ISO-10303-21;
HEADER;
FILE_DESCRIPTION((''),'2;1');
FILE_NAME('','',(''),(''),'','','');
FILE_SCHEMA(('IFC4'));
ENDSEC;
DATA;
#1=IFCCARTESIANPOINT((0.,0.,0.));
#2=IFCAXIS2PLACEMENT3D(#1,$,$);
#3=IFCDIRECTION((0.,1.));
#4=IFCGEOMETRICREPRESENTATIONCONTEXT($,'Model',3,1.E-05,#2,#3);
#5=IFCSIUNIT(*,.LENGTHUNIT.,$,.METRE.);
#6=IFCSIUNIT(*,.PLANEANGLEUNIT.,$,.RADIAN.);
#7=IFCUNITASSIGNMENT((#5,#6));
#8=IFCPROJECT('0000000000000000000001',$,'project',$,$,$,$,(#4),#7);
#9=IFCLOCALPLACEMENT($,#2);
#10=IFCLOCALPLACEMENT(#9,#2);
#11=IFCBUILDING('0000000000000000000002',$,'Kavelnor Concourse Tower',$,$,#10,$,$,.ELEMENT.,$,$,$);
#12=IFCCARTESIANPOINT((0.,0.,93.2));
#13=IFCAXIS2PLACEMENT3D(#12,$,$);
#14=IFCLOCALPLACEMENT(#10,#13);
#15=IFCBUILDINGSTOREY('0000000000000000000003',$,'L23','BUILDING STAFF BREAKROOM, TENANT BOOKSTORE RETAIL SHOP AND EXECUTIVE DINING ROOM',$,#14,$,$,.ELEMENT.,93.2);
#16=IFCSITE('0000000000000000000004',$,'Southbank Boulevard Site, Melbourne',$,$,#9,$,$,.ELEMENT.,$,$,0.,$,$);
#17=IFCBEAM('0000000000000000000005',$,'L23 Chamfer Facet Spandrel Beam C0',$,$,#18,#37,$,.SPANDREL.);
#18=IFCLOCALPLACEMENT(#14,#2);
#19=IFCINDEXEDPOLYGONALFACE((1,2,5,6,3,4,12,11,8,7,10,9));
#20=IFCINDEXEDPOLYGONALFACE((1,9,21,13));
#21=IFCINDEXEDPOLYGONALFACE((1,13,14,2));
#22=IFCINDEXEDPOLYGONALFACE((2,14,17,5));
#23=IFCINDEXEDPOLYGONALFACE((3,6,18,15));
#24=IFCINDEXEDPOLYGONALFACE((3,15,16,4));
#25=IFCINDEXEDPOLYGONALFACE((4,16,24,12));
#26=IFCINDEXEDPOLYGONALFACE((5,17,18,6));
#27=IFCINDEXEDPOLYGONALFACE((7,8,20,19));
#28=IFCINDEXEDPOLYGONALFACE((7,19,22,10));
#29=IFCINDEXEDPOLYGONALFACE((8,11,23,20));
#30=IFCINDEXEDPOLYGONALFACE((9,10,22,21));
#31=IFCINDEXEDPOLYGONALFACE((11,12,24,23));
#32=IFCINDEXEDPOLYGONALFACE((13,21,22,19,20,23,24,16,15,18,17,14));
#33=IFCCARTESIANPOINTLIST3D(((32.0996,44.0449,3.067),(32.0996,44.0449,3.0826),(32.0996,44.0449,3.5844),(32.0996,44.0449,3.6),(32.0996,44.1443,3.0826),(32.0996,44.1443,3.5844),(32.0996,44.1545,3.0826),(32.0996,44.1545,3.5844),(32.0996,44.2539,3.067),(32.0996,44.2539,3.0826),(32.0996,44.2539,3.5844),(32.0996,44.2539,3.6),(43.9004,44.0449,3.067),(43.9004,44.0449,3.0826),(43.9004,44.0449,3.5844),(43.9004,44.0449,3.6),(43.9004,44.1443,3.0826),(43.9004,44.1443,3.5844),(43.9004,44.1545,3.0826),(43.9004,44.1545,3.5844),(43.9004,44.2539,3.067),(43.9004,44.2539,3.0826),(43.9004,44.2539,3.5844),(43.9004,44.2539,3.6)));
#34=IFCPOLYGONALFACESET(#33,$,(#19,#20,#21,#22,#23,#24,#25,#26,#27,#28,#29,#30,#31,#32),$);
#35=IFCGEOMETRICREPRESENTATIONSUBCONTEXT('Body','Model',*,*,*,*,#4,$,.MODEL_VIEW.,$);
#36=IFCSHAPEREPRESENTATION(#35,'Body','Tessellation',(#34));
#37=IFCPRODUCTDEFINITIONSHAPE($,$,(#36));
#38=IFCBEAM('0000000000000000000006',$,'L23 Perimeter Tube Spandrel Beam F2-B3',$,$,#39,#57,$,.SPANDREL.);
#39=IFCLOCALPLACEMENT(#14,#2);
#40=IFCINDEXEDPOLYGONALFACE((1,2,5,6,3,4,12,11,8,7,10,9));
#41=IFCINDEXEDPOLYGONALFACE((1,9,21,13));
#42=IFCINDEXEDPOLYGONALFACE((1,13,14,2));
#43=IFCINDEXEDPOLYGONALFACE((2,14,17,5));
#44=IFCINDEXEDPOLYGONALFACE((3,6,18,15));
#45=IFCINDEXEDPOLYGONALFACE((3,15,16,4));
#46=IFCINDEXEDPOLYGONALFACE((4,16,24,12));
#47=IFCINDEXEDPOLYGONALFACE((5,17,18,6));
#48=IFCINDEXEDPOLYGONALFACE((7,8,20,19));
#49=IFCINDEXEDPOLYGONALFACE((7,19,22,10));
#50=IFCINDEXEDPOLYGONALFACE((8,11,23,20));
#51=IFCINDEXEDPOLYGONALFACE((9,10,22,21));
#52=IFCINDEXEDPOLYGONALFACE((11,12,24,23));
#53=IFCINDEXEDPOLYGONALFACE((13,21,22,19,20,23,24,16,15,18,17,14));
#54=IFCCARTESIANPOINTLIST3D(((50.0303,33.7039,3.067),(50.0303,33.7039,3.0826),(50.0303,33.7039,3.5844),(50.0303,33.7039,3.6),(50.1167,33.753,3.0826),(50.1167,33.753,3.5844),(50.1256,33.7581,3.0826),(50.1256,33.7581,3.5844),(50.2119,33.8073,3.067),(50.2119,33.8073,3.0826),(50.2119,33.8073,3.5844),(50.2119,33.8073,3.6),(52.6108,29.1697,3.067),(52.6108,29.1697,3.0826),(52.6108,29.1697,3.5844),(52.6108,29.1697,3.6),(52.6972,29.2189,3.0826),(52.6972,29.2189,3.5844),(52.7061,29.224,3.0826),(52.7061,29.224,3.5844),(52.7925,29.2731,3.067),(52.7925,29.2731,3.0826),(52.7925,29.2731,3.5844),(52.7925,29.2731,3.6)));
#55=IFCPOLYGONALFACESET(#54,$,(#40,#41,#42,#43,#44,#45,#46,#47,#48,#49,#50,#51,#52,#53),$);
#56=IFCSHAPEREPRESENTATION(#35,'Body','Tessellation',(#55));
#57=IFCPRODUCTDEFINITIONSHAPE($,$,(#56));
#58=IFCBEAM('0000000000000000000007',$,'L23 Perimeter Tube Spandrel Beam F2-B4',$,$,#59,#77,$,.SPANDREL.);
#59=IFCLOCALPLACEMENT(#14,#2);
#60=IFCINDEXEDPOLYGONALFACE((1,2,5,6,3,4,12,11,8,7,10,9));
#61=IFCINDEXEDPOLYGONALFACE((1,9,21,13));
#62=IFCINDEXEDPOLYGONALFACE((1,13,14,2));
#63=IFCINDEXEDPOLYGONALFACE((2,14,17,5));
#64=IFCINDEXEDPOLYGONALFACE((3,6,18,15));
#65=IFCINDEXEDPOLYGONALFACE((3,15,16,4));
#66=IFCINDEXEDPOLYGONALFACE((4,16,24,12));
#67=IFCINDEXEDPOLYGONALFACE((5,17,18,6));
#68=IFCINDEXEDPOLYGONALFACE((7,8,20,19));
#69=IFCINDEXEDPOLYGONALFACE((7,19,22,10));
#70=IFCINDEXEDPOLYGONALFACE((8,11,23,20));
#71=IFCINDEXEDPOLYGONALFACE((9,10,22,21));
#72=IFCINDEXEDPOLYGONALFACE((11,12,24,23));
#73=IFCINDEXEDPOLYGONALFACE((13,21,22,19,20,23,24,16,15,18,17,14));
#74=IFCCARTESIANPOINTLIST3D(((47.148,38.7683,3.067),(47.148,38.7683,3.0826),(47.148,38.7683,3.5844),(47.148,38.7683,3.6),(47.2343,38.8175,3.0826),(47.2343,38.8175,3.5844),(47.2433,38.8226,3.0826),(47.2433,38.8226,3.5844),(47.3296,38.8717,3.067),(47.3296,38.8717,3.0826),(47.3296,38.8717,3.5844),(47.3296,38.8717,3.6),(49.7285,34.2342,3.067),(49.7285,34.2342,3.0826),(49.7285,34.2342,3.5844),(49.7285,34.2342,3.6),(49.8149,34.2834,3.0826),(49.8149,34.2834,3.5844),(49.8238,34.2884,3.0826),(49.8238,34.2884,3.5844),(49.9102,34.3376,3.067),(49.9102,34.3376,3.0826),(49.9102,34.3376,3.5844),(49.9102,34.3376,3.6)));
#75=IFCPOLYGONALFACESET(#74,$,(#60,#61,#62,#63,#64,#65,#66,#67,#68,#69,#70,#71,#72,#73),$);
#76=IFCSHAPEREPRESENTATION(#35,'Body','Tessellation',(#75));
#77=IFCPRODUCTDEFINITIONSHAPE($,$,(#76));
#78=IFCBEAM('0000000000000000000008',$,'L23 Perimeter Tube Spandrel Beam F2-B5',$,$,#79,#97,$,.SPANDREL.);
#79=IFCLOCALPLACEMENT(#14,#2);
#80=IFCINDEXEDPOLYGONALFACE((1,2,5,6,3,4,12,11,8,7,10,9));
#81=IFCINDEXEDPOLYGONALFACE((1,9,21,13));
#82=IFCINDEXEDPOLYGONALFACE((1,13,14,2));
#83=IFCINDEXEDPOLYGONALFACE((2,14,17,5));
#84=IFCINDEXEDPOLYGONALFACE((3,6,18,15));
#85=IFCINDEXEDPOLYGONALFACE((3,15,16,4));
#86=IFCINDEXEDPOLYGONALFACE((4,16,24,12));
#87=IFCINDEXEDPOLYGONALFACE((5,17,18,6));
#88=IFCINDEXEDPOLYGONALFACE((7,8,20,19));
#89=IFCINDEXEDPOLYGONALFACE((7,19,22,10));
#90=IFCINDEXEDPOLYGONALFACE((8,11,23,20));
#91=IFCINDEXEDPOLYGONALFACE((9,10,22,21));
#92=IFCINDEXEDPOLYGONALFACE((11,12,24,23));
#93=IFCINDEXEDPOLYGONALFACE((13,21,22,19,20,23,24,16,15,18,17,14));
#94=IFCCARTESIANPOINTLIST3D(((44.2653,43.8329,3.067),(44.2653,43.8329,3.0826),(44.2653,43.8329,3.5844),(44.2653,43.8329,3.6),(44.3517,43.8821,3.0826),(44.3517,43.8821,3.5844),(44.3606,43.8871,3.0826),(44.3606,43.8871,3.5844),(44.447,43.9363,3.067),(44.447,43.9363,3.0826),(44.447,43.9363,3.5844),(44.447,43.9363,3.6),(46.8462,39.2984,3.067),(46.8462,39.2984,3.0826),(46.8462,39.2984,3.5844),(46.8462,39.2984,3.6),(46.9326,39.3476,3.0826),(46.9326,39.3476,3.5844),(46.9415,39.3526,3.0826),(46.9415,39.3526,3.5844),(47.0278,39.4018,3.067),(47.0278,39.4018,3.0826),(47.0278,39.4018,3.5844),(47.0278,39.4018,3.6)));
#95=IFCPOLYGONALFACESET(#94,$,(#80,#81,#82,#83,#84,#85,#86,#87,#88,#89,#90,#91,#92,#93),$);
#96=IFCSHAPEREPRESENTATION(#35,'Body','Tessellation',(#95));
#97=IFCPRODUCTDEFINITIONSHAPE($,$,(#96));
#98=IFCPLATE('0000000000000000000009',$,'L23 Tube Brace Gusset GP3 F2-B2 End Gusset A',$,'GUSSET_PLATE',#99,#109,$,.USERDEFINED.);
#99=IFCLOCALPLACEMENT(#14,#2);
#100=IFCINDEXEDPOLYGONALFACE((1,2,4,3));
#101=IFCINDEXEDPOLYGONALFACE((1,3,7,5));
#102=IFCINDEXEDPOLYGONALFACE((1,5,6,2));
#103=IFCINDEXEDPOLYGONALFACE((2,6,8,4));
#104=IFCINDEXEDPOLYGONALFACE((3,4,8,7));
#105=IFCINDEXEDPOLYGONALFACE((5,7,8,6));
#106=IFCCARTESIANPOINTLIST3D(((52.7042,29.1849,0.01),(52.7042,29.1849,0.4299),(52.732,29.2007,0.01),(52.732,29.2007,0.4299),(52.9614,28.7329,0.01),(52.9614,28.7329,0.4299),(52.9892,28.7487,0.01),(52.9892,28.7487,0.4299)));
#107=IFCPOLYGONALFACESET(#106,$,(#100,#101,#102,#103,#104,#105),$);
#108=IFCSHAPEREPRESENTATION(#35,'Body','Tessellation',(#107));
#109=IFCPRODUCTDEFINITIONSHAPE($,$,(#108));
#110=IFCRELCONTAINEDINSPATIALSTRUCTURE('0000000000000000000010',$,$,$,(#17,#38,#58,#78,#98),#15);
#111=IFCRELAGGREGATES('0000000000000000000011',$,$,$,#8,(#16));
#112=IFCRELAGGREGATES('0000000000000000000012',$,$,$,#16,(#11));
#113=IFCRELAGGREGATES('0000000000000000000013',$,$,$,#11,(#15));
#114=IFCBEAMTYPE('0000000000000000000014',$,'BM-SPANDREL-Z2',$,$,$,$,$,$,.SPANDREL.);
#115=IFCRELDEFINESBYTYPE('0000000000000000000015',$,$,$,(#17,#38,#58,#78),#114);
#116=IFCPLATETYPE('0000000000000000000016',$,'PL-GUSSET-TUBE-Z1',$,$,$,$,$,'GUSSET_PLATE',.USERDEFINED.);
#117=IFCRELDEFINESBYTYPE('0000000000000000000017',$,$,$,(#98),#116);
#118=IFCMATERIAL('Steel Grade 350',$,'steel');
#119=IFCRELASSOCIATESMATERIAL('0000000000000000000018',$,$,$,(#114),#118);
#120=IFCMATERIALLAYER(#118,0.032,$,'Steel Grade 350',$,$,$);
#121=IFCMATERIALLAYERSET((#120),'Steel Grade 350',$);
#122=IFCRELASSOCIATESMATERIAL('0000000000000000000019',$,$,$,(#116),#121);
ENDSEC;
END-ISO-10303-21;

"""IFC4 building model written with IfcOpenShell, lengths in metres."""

from ifc_helpers import new_model, si_unit, direction, frame, origin, origin_2d, place, context, subcontext, project, spatial, rectangle, i_section, extrude, material, layer, layer_set, material_profile, profile_set, type_object, element, save


model = new_model("IFC4")

# Units and contexts
model_context = context("Model", 3, precision=1e-05, world=origin(), true_north=direction((0.0, 1.0)))
body_context = subcontext(model_context, "Body", "Model", "MODEL_VIEW")
ifc_project = project(units=[si_unit("LENGTHUNIT", "METRE"), si_unit("PLANEANGLEUNIT", "RADIAN")], contexts=[model_context])

# Site, building, storey
site_placement = place(None, origin())
site = spatial("IfcSite", under=ifc_project, at=site_placement, Name="Southbank Boulevard Site, Melbourne", CompositionType="ELEMENT", RefElevation=0.0)
building_placement = place(site_placement, origin())
building = spatial("IfcBuilding", under=site, at=building_placement, Name="Kavelnor Concourse Tower", CompositionType="ELEMENT")
storey_placement = place(building_placement, frame((0.0, 0.0, 93.2)))
storey = spatial("IfcBuildingStorey", under=building, at=storey_placement, Name="L23", Description="BUILDING STAFF BREAKROOM, TENANT BOOKSTORE RETAIL SHOP AND EXECUTIVE DINING ROOM", CompositionType="ELEMENT", Elevation=93.2)

# Shared definitions
ifc_material_1 = material(Name="Steel Grade 350", Category="steel")

# Beams
ifc_material_profile_1 = material_profile(ifc_material_1, i_section(OverallWidth=0.209, OverallDepth=0.533, WebThickness=0.0103, FlangeThickness=0.0156, at=origin_2d()), Name="530UB92")
ifc_profile_set_1 = profile_set([ifc_material_profile_1], Name="Steel Grade 350")
beam_type_1 = type_object("IfcBeamType", Name="BM-SPANDREL-Z2", PredefinedType="SPANDREL", material=ifc_profile_set_1)
beam_1_placement = place(storey_placement, frame((43.9004, 44.1494, 3.3335), z_axis=(-1.0, 0.0, 0.0), x_axis=(0.0, -1.0, 0.0)))
element("IfcBeam", 1, at=beam_1_placement, inside=storey, type_object=beam_type_1, Name="L23 Chamfer Facet Spandrel Beam C0", PredefinedType="SPANDREL", context=body_context, shape_type="SweptSolid", body=[
    extrude(i_section(OverallWidth=0.209, OverallDepth=0.533, WebThickness=0.0103, FlangeThickness=0.0156, at=origin_2d()), origin(), (0.0, 0.0, 1.0), 11.8008),
])
for number, where, z_axis, x_axis, name in (
    (2, (52.7017, 29.2214, 3.3335), (-0.494636, 0.8691, 0.0), (-0.8691, -0.494636, 0.0), "L23 Perimeter Tube Spandrel Beam F2-B3"),
    (3, (49.8193, 34.2859, 3.3335), (-0.494636, 0.8691, 0.0), (-0.8691, -0.494636, 0.0), "L23 Perimeter Tube Spandrel Beam F2-B4"),
):
    element("IfcBeam", number, at=place(storey_placement, frame(where, z_axis=z_axis, x_axis=x_axis)), inside=storey, type_object=beam_type_1, Name=name, PredefinedType="SPANDREL", context=body_context, shape_type="SweptSolid", body=[
        extrude(i_section(OverallWidth=0.209, OverallDepth=0.533, WebThickness=0.0103, FlangeThickness=0.0156, at=origin_2d()), origin(), (0.0, 0.0, 1.0), 5.217),
    ])
beam_2_placement = place(storey_placement, frame((46.937, 39.3501, 3.3335), z_axis=(-0.494652, 0.869091, 0.0), x_axis=(-0.869091, -0.494652, 0.0)))
element("IfcBeam", 4, at=beam_2_placement, inside=storey, type_object=beam_type_1, Name="L23 Perimeter Tube Spandrel Beam F2-B5", PredefinedType="SPANDREL", context=body_context, shape_type="SweptSolid", body=[
    extrude(i_section(OverallWidth=0.209, OverallDepth=0.533, WebThickness=0.0103, FlangeThickness=0.0156, at=origin_2d()), origin(), (0.0, 0.0, 1.0), 5.2175),
])

# Plate
ifc_layer_1 = layer(ifc_material_1, 0.032, Name="Steel Grade 350")
ifc_layer_set_1 = layer_set([ifc_layer_1], Name="Steel Grade 350")
plate_type = type_object("IfcPlateType", Name="PL-GUSSET-TUBE-Z1", ElementType="GUSSET_PLATE", PredefinedType="USERDEFINED", material=ifc_layer_set_1)
plate_placement = place(storey_placement, frame((52.8467, 28.9668, 0.01), z_axis=(0.0, 0.0, 1.0), x_axis=(0.4947, -0.869064, 0.0)))
element("IfcPlate", 5, at=plate_placement, inside=storey, type_object=plate_type, Name="L23 Tube Brace Gusset GP3 F2-B2 End Gusset A", ObjectType="GUSSET_PLATE", PredefinedType="USERDEFINED", context=body_context, shape_type="SweptSolid", body=[
    extrude(rectangle(XDim=0.52, YDim=0.032, at=origin_2d()), origin(), (0.0, 0.0, 1.0), 0.4199),
])

save(model, "model.ifc")
